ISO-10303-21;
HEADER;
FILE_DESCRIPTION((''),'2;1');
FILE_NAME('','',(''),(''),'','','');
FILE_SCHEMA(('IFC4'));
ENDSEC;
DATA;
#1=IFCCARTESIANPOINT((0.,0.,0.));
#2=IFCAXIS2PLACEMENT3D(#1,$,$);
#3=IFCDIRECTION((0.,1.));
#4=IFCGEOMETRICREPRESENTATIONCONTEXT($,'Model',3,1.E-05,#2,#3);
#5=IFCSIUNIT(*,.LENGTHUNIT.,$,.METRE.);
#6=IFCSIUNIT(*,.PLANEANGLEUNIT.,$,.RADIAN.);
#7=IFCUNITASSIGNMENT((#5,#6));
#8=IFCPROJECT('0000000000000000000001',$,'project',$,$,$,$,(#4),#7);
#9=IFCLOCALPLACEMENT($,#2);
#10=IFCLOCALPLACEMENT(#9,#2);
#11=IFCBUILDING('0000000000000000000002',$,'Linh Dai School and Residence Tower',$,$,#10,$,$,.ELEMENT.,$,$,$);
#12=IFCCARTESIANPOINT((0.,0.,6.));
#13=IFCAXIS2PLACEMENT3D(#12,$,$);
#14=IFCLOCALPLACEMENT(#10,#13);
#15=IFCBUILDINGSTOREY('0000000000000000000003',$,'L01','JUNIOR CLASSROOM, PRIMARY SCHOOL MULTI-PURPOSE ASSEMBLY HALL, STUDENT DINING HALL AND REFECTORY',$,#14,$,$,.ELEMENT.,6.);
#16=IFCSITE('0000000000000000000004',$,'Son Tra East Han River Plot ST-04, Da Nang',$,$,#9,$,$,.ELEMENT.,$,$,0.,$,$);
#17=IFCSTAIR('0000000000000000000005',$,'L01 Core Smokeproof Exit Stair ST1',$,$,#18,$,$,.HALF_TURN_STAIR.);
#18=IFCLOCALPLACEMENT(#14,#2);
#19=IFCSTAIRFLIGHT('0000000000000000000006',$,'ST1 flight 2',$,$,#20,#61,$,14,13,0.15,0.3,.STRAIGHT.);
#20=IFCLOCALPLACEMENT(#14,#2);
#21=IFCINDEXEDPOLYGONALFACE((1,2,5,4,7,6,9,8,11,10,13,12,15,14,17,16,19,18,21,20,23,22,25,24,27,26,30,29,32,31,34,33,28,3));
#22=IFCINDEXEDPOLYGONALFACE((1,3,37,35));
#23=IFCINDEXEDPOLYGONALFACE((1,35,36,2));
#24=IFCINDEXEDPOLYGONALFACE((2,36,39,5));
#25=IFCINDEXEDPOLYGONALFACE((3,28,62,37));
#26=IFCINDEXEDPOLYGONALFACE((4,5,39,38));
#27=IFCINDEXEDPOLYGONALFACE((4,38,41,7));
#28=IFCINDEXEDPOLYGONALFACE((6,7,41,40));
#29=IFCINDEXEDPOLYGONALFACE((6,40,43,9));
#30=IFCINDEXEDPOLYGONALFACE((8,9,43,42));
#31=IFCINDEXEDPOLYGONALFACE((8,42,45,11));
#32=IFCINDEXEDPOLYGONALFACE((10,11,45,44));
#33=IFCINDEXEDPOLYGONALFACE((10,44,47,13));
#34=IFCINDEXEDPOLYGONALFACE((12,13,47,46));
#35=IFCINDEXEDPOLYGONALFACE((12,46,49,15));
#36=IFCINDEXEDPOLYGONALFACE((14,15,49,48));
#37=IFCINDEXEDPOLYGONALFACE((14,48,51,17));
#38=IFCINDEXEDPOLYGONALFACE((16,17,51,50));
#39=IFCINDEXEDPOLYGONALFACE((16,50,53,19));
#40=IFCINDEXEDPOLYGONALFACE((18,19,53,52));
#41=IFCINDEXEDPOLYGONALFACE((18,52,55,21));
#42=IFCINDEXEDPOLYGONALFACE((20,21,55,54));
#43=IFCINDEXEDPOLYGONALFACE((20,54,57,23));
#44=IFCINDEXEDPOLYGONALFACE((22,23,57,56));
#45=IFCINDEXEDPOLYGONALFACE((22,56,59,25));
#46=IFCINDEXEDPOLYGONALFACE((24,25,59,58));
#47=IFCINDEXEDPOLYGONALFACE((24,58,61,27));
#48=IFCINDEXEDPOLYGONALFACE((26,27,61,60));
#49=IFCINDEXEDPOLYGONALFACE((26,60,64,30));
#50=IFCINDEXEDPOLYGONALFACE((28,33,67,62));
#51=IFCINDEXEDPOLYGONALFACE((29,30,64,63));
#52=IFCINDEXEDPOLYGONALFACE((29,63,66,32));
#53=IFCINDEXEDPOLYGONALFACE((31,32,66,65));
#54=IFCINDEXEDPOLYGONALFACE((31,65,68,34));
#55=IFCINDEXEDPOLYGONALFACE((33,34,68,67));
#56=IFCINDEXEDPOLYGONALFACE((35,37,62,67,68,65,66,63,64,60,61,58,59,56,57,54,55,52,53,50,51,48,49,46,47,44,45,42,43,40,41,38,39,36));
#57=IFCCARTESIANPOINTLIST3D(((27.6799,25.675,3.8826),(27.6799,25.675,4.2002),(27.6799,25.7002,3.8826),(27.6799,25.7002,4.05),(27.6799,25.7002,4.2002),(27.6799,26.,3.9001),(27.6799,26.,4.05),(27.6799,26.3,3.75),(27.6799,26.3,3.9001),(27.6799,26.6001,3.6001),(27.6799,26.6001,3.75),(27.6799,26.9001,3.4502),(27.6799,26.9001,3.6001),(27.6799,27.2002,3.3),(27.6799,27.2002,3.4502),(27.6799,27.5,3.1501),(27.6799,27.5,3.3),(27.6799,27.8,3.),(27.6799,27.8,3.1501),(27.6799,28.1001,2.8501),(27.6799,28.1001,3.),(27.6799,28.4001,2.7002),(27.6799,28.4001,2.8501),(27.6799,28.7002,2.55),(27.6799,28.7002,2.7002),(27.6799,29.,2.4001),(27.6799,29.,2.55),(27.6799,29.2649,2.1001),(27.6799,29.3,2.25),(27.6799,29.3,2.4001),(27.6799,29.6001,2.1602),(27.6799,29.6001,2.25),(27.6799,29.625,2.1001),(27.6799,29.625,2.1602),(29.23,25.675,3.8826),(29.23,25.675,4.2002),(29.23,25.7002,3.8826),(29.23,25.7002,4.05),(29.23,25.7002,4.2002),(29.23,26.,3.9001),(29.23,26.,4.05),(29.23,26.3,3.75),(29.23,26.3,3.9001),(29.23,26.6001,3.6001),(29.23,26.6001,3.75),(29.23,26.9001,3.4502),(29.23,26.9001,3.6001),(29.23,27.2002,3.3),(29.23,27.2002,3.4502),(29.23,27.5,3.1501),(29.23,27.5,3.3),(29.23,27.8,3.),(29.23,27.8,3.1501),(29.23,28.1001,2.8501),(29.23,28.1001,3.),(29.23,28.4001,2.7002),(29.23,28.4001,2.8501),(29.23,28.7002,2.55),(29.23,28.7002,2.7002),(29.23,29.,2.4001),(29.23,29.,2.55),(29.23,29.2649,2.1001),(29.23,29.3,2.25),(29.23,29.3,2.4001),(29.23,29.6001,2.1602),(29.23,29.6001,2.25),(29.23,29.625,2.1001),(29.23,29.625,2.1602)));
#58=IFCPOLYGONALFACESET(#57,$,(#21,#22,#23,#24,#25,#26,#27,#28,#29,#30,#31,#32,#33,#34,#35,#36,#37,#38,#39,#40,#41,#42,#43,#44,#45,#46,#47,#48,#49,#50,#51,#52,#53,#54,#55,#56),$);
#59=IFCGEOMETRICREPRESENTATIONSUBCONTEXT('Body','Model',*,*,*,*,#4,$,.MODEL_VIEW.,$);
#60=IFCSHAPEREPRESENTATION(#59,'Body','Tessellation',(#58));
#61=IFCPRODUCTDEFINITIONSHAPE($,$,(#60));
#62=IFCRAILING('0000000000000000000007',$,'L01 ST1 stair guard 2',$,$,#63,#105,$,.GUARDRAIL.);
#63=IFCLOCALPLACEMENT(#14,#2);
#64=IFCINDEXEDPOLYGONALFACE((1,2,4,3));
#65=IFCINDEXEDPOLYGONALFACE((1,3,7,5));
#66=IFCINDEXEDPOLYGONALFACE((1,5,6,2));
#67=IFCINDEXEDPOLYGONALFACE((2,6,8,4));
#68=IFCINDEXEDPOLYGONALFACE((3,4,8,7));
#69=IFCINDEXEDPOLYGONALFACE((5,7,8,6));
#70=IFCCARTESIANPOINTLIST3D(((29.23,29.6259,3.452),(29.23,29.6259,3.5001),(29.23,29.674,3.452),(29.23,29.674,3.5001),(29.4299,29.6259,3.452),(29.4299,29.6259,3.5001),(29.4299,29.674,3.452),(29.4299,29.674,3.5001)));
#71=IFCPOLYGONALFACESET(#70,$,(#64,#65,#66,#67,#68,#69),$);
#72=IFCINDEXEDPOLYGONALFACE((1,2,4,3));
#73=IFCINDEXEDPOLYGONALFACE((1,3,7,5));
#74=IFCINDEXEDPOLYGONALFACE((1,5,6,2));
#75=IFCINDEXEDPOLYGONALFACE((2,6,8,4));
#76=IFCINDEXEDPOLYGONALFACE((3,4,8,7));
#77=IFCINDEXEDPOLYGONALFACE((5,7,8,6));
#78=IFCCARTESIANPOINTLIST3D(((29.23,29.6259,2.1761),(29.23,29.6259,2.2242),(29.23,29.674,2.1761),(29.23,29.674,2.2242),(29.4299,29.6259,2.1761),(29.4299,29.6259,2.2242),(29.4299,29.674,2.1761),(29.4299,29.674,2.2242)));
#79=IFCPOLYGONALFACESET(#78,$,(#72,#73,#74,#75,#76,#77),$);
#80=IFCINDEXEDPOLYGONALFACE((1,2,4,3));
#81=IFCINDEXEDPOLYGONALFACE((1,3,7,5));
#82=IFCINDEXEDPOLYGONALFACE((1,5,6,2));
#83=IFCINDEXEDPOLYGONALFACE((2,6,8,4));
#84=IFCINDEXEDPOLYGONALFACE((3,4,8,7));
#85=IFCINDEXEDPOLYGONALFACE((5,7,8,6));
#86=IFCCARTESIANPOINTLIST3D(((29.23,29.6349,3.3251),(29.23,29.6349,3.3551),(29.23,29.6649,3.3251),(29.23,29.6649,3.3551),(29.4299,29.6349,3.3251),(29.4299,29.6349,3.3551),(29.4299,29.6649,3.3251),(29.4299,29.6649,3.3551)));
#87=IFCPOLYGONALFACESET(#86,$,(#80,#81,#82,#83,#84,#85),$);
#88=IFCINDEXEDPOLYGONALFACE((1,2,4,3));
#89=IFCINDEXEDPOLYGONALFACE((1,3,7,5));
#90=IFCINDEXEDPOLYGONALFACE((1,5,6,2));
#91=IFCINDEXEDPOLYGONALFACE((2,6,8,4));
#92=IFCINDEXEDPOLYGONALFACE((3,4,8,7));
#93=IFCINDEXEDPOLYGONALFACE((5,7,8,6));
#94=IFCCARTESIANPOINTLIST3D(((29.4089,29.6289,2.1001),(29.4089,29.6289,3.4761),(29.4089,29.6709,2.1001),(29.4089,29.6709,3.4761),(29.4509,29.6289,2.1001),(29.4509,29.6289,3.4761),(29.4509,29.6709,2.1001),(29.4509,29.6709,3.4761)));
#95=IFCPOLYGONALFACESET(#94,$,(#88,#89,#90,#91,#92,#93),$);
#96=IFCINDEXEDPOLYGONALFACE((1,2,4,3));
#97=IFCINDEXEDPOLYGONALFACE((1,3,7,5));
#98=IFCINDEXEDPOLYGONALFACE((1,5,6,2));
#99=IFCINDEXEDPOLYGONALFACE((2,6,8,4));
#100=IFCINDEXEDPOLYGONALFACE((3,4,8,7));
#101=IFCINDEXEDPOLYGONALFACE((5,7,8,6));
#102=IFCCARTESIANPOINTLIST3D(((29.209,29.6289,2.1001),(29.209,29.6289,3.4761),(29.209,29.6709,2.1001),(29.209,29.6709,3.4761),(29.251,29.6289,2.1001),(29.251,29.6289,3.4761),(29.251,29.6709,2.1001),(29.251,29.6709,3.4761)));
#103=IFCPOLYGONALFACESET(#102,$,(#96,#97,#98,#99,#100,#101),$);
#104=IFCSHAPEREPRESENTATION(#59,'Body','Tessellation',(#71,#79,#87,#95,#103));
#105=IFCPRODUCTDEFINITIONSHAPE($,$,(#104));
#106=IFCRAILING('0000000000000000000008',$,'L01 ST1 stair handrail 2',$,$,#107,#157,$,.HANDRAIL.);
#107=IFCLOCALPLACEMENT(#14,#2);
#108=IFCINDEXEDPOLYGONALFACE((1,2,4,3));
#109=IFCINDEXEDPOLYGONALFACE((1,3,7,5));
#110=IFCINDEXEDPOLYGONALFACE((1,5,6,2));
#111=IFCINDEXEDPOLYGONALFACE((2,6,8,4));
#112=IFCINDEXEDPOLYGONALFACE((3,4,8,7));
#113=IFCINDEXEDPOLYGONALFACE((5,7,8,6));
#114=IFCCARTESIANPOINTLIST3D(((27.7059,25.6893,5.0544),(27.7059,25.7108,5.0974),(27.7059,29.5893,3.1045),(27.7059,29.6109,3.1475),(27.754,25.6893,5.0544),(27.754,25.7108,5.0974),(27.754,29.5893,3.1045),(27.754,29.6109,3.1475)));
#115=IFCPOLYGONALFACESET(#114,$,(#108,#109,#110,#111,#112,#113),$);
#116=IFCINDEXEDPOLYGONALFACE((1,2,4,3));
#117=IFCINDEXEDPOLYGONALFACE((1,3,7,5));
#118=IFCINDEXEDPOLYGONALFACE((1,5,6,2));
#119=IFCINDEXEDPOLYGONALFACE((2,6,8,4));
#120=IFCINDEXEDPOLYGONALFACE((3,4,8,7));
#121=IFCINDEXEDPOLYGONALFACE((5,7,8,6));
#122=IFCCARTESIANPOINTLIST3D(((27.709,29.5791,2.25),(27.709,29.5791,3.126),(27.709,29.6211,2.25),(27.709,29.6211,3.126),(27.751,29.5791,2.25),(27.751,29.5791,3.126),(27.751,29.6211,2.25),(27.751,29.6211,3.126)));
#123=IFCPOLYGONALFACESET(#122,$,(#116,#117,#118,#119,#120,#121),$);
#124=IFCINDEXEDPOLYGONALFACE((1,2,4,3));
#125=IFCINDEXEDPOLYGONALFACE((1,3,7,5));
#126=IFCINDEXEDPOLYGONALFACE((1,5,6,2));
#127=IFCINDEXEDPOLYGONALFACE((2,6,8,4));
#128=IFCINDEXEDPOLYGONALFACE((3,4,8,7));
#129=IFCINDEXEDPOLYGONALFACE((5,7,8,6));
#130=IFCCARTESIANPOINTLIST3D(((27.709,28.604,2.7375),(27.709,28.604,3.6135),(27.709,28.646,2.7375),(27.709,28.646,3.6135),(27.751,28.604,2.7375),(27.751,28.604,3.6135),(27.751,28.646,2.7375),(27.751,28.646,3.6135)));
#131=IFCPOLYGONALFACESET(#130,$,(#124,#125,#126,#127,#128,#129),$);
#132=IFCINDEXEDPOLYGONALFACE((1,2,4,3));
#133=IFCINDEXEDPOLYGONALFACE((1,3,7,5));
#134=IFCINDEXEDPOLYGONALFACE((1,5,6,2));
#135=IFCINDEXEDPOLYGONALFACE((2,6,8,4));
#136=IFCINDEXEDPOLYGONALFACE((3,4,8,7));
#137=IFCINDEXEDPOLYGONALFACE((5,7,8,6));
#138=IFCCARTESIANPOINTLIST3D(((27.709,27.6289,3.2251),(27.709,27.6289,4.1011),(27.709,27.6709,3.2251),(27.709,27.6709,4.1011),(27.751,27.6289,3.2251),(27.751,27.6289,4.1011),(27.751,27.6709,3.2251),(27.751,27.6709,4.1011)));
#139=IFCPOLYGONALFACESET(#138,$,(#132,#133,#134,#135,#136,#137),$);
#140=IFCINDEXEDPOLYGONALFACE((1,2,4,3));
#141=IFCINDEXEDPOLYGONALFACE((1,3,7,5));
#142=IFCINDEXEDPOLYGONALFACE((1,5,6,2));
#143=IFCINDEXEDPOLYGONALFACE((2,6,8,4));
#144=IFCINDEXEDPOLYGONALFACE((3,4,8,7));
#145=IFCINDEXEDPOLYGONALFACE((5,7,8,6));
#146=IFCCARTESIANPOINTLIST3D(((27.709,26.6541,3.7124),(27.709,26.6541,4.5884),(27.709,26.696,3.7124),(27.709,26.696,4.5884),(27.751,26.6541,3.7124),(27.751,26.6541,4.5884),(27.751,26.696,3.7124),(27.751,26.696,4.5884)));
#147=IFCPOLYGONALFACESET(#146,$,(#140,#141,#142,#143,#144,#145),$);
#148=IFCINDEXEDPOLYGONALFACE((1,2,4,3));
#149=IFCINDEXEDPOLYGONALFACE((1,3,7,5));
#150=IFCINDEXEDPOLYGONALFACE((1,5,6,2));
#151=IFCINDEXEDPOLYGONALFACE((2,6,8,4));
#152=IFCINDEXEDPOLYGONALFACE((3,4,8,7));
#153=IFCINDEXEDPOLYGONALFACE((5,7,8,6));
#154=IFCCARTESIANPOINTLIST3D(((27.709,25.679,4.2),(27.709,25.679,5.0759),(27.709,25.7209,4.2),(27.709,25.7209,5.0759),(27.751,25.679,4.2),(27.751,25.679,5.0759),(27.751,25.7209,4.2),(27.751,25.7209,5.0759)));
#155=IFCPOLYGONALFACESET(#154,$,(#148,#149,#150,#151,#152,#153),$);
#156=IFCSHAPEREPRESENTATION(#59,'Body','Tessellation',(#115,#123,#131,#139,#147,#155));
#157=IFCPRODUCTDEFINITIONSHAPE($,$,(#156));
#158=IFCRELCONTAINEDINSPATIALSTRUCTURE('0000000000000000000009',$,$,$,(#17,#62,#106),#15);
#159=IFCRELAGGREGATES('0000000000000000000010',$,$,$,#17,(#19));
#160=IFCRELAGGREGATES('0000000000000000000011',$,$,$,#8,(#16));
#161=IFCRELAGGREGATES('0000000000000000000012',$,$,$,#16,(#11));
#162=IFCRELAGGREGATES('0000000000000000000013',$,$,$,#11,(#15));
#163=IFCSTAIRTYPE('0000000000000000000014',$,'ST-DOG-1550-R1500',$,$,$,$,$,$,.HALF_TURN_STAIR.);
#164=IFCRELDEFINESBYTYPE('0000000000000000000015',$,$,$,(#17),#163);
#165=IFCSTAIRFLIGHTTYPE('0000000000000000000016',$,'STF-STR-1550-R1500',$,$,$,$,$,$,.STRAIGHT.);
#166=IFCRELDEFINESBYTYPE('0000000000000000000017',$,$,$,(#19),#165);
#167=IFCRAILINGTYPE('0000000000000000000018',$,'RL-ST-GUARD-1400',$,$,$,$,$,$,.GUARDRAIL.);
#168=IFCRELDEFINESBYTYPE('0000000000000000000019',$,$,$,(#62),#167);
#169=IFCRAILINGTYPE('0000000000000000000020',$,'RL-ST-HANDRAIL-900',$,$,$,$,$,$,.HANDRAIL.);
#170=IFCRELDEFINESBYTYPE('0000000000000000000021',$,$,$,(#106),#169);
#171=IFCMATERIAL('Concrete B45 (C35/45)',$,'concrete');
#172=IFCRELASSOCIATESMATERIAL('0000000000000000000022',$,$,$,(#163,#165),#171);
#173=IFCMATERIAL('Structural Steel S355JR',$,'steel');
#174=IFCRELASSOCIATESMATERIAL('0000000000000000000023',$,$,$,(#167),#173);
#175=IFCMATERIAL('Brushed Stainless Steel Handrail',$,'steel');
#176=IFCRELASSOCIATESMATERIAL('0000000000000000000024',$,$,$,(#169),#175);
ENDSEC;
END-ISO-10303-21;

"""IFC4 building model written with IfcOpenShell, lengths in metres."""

from ifc_helpers import new_model, si_unit, direction, frame, origin, origin_2d, place, context, subcontext, project, spatial, polyline, rectangle, outline, extrude, source, transform, mapped, material, type_object, element, aggregate, save


model = new_model("IFC4")

# Units and contexts
model_context = context("Model", 3, precision=1e-05, world=origin(), true_north=direction((0.0, 1.0)))
body_context = subcontext(model_context, "Body", "Model", "MODEL_VIEW")
ifc_project = project(units=[si_unit("LENGTHUNIT", "METRE"), si_unit("PLANEANGLEUNIT", "RADIAN")], contexts=[model_context])

# Site, building, storey
site_placement = place(None, origin())
site = spatial("IfcSite", under=ifc_project, at=site_placement, Name="Son Tra East Han River Plot ST-04, Da Nang", CompositionType="ELEMENT", RefElevation=0.0)
building_placement = place(site_placement, origin())
building = spatial("IfcBuilding", under=site, at=building_placement, Name="Linh Dai School and Residence Tower", CompositionType="ELEMENT")
storey_placement = place(building_placement, frame((0.0, 0.0, 6.0)))
storey = spatial("IfcBuildingStorey", under=building, at=storey_placement, Name="L01", Description="JUNIOR CLASSROOM, PRIMARY SCHOOL MULTI-PURPOSE ASSEMBLY HALL, STUDENT DINING HALL AND REFECTORY", CompositionType="ELEMENT", Elevation=6.0)

# Shared definitions
ifc_material_1 = material(Name="Structural Steel S355JR", Category="steel")

# Shared definitions
ifc_material_2 = material(Name="Concrete B45 (C35/45)", Category="concrete")

# Stair, stair flight
stair_type = type_object("IfcStairType", Name="ST-DOG-1550-R1500", PredefinedType="HALF_TURN_STAIR", material=ifc_material_2)
stair_placement = place(storey_placement, origin())
stair = element("IfcStair", 1, at=stair_placement, inside=storey, type_object=stair_type, Name="L01 Core Smokeproof Exit Stair ST1", PredefinedType="HALF_TURN_STAIR")
stair_flight_type = type_object("IfcStairFlightType", Name="STF-STR-1550-R1500", PredefinedType="STRAIGHT", material=ifc_material_2)
shared_shape_1 = source(origin(), body_context, "Body", "SweptSolid", [
    extrude(outline(polyline([(-0.0249, 0.0), (-0.0249, 0.0601), (0.0, 0.0601), (0.0, 0.1499), (0.3, 0.1499), (0.3, 0.3), (0.6001, 0.3), (0.6001, 0.45), (0.8999, 0.45), (0.8999, 0.6001), (1.2, 0.6001), (1.2, 0.75), (1.5, 0.75), (1.5, 0.8999), (1.8, 0.8999), (1.8, 1.05), (2.1001, 1.05), (2.1001, 1.2), (2.3999, 1.2), (2.3999, 1.3501), (2.7, 1.3501), (2.7, 1.5), (3.0, 1.5), (3.0, 1.6499), (3.3, 1.6499), (3.3, 1.8), (3.6001, 1.8), (3.6001, 1.95), (3.8999, 1.95), (3.8999, 2.1001), (3.925, 2.1001), (3.925, 1.7825), (3.8999, 1.7825), (0.3352, 0.0), (-0.0249, 0.0)])), frame((0.0, 0.7749, 0.0), z_axis=(0.0, -1.0, 0.0), x_axis=(1.0, 0.0, 0.0)), (0.0, 0.0, 1.0), 1.55),
])
stair_flight_placement = place(storey_placement, frame((28.4551, 29.6001, 2.1001), z_axis=(0.0, 0.0, 1.0), x_axis=(0.0, -1.0, 0.0)))
stair_flight = element("IfcStairFlight", 2, at=stair_flight_placement, type_object=stair_flight_type, Name="ST1 flight 2", NumberOfRisers=14, NumberOfTreads=13, PredefinedType="STRAIGHT", RiserHeight=0.15, TreadLength=0.3, context=body_context, shape_type="MappedRepresentation", body=[
    mapped(shared_shape_1, transform((0.0, 0.0, 0.0), x_axis=(1.0, 0.0, 0.0), y_axis=(0.0, 1.0, 0.0), z_axis=(0.0, 0.0, 1.0), scale=1.0)),
])
aggregate(stair, [stair_flight])

# Railings
railing_type_1 = type_object("IfcRailingType", Name="RL-ST-GUARD-1400", PredefinedType="GUARDRAIL", material=ifc_material_1)
shared_shape_2 = source(origin(), body_context, "Body", "SweptSolid", [
    extrude(rectangle(XDim=0.0481, YDim=0.0481, at=origin_2d()), frame((0.0, 0.0, 1.376), z_axis=(-1.0, 0.0, 0.0), x_axis=(0.0, -1.0, 0.0)), (0.0, 0.0, 1.0), 0.2),
    extrude(rectangle(XDim=0.0481, YDim=0.0481, at=origin_2d()), frame((0.0, 0.0, 0.1001), z_axis=(-1.0, 0.0, 0.0), x_axis=(0.0, -1.0, 0.0)), (0.0, 0.0, 1.0), 0.2),
    extrude(rectangle(XDim=0.03, YDim=0.03, at=origin_2d()), frame((0.0, 0.0, 1.24), z_axis=(-1.0, 0.0, 0.0), x_axis=(0.0, -1.0, 0.0)), (0.0, 0.0, 1.0), 0.2),
    extrude(rectangle(XDim=0.042, YDim=0.042, at=origin_2d()), origin(), (0.0, 0.0, 1.0), 1.376),
    extrude(rectangle(XDim=0.042, YDim=0.042, at=origin_2d()), frame((-0.2, 0.0, 0.0)), (0.0, 0.0, 1.0), 1.376),
])
railing_1_placement = place(storey_placement, frame((29.4299, 29.6499, 2.1001)))
element("IfcRailing", 3, at=railing_1_placement, inside=storey, type_object=railing_type_1, Name="L01 ST1 stair guard 2", PredefinedType="GUARDRAIL", context=body_context, shape_type="MappedRepresentation", body=[
    mapped(shared_shape_2, transform((0.0, 0.0, 0.0), x_axis=(1.0, 0.0, 0.0), y_axis=(0.0, 1.0, 0.0), z_axis=(0.0, 0.0, 1.0), scale=1.0)),
])
ifc_material_3 = material(Name="Brushed Stainless Steel Handrail", Category="steel")
railing_type_2 = type_object("IfcRailingType", Name="RL-ST-HANDRAIL-900", PredefinedType="HANDRAIL", material=ifc_material_3)
shared_shape_3 = source(origin(), body_context, "Body", "SweptSolid", [
    extrude(rectangle(XDim=0.0481, YDim=0.0481, at=origin_2d()), frame((0.0, 0.0, 0.876), z_axis=(0.0, -0.894438, 0.447191), x_axis=(1.0, 0.0, 0.0)), (0.0, 0.0, 1.0), 4.3604),
    extrude(rectangle(XDim=0.042, YDim=0.042, at=origin_2d()), origin(), (0.0, 0.0, 1.0), 0.876),
    extrude(rectangle(XDim=0.042, YDim=0.042, at=origin_2d()), frame((0.0, -0.9751, 0.4875)), (0.0, 0.0, 1.0), 0.876),
    extrude(rectangle(XDim=0.042, YDim=0.042, at=origin_2d()), frame((0.0, -1.9502, 0.9751)), (0.0, 0.0, 1.0), 0.876),
    extrude(rectangle(XDim=0.042, YDim=0.042, at=origin_2d()), frame((0.0, -2.925, 1.4624)), (0.0, 0.0, 1.0), 0.876),
    extrude(rectangle(XDim=0.042, YDim=0.042, at=origin_2d()), frame((0.0, -3.9001, 1.95)), (0.0, 0.0, 1.0), 0.876),
])
railing_2_placement = place(storey_placement, frame((27.73, 29.6001, 2.25)))
element("IfcRailing", 4, at=railing_2_placement, inside=storey, type_object=railing_type_2, Name="L01 ST1 stair handrail 2", PredefinedType="HANDRAIL", context=body_context, shape_type="MappedRepresentation", body=[
    mapped(shared_shape_3, transform((0.0, 0.0, 0.0), x_axis=(1.0, 0.0, 0.0), y_axis=(0.0, 1.0, 0.0), z_axis=(0.0, 0.0, 1.0), scale=1.0)),
])

save(model, "model.ifc")
